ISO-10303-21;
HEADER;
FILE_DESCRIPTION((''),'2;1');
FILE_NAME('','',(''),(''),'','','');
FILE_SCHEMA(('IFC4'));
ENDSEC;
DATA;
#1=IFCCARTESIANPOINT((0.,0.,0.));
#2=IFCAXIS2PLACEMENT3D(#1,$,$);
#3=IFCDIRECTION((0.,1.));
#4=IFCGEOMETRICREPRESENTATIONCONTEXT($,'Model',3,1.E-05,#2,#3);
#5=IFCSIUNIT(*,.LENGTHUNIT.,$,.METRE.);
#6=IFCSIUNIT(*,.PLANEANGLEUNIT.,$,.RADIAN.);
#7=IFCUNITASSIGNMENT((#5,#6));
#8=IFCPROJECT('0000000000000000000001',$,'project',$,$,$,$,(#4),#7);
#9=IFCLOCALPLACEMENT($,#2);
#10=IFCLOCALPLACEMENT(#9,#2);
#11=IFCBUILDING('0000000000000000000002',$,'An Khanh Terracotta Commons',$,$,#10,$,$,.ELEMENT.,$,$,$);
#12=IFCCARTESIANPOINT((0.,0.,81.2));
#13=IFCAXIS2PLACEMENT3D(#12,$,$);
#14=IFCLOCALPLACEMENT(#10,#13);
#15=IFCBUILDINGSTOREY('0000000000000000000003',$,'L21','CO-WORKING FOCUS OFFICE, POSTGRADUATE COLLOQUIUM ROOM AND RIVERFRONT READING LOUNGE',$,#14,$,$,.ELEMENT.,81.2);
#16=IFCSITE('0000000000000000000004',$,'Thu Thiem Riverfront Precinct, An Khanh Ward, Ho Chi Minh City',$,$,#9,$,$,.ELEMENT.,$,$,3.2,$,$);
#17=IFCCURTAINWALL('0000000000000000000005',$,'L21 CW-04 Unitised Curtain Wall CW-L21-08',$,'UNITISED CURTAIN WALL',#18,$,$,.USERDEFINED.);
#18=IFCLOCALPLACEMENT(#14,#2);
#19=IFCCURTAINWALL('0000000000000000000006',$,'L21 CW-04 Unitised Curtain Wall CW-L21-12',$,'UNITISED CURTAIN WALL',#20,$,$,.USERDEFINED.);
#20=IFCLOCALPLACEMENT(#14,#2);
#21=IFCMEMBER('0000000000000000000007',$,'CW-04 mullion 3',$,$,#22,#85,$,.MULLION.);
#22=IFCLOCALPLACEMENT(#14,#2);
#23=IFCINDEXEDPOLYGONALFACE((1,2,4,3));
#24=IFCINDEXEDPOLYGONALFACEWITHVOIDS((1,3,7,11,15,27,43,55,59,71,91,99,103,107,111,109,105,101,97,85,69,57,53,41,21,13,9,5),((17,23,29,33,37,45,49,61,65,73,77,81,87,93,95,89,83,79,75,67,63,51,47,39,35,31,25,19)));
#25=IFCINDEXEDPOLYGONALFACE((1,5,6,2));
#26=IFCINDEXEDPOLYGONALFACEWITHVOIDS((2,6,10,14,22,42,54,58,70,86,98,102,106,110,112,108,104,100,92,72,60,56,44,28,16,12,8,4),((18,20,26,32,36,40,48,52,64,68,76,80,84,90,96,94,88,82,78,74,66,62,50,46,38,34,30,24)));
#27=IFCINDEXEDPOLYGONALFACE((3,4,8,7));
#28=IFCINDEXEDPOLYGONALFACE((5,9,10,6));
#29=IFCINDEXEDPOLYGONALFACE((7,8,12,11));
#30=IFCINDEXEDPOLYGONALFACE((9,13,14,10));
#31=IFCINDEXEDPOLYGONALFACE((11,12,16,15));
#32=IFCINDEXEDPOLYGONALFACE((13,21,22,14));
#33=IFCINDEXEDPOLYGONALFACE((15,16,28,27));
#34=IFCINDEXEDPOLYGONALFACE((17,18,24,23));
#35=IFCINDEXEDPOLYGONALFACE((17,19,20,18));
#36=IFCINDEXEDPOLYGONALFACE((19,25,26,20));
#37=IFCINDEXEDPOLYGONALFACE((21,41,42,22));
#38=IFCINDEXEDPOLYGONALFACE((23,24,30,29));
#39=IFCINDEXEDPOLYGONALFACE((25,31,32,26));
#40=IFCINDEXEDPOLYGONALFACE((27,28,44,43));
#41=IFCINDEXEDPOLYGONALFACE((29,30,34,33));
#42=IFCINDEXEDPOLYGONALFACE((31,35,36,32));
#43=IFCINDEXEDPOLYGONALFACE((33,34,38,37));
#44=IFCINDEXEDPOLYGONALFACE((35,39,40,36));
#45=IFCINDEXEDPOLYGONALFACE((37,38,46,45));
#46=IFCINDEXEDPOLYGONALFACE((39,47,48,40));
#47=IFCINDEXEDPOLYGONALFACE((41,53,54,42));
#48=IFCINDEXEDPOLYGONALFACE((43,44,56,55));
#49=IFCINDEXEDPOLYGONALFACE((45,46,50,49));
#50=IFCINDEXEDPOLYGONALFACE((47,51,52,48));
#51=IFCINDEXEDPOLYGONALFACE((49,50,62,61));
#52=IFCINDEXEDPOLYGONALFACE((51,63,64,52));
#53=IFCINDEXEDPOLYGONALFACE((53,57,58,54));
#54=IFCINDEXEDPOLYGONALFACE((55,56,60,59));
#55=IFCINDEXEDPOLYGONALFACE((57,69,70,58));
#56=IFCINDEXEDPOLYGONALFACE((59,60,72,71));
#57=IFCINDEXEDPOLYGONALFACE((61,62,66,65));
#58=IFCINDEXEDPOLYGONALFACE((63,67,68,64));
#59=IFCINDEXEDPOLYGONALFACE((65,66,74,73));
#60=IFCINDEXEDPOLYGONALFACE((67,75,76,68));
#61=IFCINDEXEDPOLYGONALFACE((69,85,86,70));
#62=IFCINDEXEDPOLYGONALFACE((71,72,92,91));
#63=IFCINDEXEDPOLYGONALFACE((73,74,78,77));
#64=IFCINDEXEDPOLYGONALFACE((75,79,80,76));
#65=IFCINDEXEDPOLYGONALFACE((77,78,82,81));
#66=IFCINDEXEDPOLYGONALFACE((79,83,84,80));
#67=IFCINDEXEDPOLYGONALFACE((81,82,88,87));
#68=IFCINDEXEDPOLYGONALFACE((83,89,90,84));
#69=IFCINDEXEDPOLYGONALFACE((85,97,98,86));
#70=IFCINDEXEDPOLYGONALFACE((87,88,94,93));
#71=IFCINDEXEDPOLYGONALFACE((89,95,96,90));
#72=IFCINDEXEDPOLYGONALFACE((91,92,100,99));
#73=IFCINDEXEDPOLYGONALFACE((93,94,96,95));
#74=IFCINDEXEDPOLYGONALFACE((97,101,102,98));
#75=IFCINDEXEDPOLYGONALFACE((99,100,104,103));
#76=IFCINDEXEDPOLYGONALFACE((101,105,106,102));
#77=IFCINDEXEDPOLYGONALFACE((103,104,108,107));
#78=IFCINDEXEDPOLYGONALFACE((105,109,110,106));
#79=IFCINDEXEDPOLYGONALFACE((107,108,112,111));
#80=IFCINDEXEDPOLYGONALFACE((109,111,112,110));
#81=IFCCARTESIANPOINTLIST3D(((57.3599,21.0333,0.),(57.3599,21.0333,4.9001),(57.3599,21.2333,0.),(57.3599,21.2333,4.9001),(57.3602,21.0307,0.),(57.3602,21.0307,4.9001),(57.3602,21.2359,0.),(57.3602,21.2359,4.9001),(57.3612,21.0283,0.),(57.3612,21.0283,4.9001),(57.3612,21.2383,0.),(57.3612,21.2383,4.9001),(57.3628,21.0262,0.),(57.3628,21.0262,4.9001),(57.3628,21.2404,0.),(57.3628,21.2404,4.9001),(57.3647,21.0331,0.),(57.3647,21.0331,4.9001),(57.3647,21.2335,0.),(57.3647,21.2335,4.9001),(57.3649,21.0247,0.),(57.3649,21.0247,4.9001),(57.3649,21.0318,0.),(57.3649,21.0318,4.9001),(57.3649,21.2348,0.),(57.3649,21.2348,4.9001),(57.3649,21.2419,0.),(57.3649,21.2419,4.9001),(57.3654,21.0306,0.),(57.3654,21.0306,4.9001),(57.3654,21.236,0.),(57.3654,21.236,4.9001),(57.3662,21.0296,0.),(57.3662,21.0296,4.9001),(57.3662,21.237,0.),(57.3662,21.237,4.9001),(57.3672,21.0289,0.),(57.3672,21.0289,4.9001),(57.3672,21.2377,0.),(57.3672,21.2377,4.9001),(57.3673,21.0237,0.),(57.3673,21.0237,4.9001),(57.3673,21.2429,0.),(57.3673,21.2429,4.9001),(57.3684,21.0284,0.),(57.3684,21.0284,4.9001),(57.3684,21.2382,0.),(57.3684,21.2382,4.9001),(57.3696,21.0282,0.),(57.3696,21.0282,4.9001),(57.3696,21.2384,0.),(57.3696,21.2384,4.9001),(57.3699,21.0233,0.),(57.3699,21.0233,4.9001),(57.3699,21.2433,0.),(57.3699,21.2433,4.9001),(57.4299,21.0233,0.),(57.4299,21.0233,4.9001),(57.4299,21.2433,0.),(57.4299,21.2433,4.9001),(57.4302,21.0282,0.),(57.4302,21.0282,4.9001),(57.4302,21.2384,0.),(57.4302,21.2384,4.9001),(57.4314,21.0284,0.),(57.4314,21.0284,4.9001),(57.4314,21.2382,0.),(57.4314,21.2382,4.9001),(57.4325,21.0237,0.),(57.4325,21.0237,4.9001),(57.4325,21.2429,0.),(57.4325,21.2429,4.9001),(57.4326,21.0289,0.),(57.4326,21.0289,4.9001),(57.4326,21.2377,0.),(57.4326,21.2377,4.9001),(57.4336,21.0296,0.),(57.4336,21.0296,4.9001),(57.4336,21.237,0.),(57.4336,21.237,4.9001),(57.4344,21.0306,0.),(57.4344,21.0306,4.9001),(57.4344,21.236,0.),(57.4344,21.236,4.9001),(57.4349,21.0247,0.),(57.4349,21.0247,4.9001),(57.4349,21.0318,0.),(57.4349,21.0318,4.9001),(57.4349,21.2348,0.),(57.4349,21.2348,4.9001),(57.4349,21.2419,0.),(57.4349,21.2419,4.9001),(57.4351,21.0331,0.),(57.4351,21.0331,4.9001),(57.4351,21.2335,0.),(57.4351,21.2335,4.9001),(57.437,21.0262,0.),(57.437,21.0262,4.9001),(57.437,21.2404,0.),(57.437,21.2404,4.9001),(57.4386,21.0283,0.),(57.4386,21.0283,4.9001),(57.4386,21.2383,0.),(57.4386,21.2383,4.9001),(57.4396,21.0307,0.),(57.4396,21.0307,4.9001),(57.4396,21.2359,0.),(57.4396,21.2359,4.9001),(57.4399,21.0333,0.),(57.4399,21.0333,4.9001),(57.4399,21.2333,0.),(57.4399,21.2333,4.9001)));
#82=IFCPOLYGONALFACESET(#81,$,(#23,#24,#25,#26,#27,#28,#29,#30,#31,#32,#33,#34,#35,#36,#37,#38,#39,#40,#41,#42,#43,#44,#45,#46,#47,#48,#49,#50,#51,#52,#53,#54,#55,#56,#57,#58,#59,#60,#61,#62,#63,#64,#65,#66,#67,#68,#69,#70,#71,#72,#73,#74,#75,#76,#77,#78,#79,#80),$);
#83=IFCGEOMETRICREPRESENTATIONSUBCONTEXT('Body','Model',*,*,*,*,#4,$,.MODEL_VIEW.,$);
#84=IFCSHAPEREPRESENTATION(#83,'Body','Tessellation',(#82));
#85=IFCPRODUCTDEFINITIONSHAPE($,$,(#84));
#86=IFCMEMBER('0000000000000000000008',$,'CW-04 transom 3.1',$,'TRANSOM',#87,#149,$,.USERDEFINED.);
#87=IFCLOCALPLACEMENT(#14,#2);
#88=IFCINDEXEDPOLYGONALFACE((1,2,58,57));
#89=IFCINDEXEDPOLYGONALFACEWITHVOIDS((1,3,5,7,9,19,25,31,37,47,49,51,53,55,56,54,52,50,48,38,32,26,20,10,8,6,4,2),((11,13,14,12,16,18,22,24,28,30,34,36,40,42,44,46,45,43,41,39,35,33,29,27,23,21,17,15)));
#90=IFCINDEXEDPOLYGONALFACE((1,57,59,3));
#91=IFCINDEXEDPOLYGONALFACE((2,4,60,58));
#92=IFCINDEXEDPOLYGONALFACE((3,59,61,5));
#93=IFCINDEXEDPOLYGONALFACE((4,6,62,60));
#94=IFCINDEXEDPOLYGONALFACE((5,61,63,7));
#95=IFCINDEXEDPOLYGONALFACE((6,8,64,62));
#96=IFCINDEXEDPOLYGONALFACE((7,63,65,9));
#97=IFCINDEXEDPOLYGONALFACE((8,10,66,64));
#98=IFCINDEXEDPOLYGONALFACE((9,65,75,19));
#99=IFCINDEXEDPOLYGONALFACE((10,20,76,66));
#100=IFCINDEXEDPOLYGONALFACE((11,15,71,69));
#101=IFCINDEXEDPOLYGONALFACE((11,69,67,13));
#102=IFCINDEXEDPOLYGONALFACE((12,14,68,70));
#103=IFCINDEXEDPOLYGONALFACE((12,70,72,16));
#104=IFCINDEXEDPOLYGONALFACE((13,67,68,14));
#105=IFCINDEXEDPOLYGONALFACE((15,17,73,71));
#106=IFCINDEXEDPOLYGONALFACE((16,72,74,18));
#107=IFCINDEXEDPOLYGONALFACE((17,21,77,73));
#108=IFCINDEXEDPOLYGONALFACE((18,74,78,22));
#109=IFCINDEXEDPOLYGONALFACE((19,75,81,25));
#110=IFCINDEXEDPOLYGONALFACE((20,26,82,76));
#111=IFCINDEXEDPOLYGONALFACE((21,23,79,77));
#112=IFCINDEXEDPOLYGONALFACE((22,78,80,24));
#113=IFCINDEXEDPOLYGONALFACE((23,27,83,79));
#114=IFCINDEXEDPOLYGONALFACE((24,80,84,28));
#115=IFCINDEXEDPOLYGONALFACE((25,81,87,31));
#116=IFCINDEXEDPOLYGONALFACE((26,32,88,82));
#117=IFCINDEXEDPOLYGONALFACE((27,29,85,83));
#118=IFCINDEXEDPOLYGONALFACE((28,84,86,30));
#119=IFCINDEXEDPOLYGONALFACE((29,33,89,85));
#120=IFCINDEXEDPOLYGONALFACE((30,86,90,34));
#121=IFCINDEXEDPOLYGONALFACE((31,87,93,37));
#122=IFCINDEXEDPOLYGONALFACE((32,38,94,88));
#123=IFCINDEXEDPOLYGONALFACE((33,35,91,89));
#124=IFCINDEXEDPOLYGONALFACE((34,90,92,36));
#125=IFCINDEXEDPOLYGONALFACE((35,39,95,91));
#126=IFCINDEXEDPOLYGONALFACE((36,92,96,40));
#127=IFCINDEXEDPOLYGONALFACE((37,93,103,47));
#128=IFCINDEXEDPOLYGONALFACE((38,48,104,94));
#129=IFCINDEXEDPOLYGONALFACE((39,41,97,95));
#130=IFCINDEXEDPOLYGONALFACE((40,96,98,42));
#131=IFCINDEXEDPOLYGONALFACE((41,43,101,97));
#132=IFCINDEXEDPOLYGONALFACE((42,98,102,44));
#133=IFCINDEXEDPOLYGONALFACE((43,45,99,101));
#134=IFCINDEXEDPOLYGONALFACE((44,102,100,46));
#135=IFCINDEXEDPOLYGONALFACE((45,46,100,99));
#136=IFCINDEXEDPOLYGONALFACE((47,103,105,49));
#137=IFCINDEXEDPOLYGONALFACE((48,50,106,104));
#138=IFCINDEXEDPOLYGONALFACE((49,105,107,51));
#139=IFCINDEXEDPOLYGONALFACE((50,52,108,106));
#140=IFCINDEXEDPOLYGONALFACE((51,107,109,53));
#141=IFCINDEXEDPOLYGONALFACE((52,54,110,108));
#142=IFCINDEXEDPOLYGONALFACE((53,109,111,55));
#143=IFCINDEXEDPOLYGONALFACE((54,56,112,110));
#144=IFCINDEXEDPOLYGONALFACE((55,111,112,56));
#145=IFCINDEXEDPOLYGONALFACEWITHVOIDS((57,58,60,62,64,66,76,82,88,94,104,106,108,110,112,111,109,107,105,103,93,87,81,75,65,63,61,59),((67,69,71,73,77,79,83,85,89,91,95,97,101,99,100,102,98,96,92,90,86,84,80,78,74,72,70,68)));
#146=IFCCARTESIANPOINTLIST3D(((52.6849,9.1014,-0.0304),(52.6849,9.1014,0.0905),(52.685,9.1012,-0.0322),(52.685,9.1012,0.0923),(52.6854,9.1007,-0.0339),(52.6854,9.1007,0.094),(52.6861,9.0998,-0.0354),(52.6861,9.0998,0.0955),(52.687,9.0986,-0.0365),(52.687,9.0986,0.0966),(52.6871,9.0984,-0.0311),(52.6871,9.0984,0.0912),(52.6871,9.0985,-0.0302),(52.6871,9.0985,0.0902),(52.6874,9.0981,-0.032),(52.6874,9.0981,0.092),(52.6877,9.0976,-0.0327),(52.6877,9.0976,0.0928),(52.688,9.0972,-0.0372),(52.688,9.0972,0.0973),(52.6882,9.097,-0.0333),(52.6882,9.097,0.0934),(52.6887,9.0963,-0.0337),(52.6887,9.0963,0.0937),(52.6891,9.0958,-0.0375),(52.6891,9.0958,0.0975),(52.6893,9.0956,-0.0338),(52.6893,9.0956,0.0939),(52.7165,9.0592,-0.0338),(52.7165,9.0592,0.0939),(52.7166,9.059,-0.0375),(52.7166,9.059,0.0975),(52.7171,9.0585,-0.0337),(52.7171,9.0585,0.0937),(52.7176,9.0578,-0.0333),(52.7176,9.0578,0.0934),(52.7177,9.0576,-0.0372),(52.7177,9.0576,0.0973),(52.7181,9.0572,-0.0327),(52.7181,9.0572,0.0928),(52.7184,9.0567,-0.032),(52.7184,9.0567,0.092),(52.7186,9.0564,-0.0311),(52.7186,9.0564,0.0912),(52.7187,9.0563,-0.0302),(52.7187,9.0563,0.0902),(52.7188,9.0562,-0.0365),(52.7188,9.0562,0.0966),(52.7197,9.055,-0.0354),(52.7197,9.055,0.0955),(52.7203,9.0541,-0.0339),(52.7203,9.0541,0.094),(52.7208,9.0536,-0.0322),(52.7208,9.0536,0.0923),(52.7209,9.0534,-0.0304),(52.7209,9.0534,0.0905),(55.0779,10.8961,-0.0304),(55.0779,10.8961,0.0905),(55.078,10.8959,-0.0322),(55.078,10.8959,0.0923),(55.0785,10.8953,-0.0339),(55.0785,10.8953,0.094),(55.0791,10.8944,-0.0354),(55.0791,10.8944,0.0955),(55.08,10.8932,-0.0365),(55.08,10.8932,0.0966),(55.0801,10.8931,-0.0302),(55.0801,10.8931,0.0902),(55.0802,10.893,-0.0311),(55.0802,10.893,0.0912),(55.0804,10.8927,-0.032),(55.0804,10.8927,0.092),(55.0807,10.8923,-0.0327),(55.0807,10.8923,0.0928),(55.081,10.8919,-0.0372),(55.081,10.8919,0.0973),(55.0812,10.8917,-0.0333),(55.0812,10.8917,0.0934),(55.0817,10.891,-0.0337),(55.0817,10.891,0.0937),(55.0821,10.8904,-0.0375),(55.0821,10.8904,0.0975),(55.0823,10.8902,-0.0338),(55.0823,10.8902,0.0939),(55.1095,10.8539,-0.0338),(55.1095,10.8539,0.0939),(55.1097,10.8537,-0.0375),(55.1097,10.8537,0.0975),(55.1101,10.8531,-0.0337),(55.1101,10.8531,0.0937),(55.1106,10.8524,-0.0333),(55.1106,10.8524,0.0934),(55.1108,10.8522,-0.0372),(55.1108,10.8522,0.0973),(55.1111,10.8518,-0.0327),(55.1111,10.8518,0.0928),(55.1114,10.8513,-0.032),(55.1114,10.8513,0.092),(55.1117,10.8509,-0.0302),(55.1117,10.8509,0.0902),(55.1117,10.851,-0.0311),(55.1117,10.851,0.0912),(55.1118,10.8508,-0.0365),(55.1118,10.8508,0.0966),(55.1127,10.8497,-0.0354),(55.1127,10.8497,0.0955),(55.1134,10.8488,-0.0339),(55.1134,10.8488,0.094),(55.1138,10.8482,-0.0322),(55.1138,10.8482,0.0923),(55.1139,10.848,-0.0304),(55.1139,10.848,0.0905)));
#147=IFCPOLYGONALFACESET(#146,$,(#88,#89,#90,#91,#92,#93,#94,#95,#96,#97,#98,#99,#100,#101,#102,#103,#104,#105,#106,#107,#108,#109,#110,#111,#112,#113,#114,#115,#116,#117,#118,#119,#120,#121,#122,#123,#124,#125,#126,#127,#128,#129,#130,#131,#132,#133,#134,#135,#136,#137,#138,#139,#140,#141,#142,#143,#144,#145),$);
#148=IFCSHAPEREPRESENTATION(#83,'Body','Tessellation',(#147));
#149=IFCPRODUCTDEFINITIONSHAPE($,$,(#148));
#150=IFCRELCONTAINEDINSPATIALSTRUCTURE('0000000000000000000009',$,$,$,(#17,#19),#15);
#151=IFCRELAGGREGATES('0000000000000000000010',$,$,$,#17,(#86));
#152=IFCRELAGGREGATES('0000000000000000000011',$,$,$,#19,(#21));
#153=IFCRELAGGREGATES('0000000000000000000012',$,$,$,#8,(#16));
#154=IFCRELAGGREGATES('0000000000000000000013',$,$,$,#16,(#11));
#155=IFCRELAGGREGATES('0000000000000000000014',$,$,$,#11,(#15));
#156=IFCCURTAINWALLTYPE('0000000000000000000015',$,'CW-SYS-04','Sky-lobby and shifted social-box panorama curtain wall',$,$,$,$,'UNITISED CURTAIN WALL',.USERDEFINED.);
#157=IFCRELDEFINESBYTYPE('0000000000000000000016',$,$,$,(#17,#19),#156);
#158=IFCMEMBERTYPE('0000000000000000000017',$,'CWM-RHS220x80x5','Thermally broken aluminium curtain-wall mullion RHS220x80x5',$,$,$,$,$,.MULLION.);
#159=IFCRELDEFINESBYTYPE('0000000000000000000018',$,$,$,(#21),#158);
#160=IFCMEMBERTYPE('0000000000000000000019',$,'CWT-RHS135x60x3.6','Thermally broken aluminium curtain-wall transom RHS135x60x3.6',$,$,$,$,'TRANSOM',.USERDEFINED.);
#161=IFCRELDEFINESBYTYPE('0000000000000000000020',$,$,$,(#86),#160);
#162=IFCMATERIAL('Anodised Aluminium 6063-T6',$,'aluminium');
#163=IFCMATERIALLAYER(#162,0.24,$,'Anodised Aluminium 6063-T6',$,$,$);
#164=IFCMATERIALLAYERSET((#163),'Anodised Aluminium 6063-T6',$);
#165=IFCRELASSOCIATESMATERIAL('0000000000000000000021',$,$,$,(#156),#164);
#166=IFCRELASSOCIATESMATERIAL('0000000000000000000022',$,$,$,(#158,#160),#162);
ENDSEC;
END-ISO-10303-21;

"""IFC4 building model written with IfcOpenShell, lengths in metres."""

from ifc_helpers import new_model, si_unit, direction, frame, origin, origin_2d, place, context, subcontext, project, spatial, hollow_rectangle, extrude, material, layer, layer_set, material_profile, profile_set, type_object, element, aggregate, save


model = new_model("IFC4")

# Units and contexts
model_context = context("Model", 3, precision=1e-05, world=origin(), true_north=direction((0.0, 1.0)))
body_context = subcontext(model_context, "Body", "Model", "MODEL_VIEW")
ifc_project = project(units=[si_unit("LENGTHUNIT", "METRE"), si_unit("PLANEANGLEUNIT", "RADIAN")], contexts=[model_context])

# Site, building, storey
site_placement = place(None, origin())
site = spatial("IfcSite", under=ifc_project, at=site_placement, Name="Thu Thiem Riverfront Precinct, An Khanh Ward, Ho Chi Minh City", CompositionType="ELEMENT", RefElevation=3.2)
building_placement = place(site_placement, origin())
building = spatial("IfcBuilding", under=site, at=building_placement, Name="An Khanh Terracotta Commons", CompositionType="ELEMENT")
storey_placement = place(building_placement, frame((0.0, 0.0, 81.2)))
storey = spatial("IfcBuildingStorey", under=building, at=storey_placement, Name="L21", Description="CO-WORKING FOCUS OFFICE, POSTGRADUATE COLLOQUIUM ROOM AND RIVERFRONT READING LOUNGE", CompositionType="ELEMENT", Elevation=81.2)

# Curtain walls, member
ifc_material_1 = material(Name="Anodised Aluminium 6063-T6", Category="aluminium")
ifc_layer_1 = layer(ifc_material_1, 0.24, Name="Anodised Aluminium 6063-T6")
ifc_layer_set_1 = layer_set([ifc_layer_1], Name="Anodised Aluminium 6063-T6")
curtain_wall_type = type_object("IfcCurtainWallType", Name="CW-SYS-04", Description="Sky-lobby and shifted social-box panorama curtain wall", ElementType="UNITISED CURTAIN WALL", PredefinedType="USERDEFINED", material=ifc_layer_set_1)
curtain_wall_1_placement = place(storey_placement, origin())
curtain_wall_1 = element("IfcCurtainWall", 1, at=curtain_wall_1_placement, inside=storey, type_object=curtain_wall_type, Name="L21 CW-04 Unitised Curtain Wall CW-L21-08", ObjectType="UNITISED CURTAIN WALL", PredefinedType="USERDEFINED")
ifc_material_profile_1 = material_profile(ifc_material_1, hollow_rectangle(XDim=0.0801, YDim=0.22, WallThickness=0.0049, InnerFilletRadius=0.0049, OuterFilletRadius=0.01, at=origin_2d()), Name="RHS220x80x5")
ifc_profile_set_1 = profile_set([ifc_material_profile_1], Name="Anodised Aluminium 6063-T6")
member_type_1 = type_object("IfcMemberType", Name="CWM-RHS220x80x5", Description="Thermally broken aluminium curtain-wall mullion RHS220x80x5", PredefinedType="MULLION", material=ifc_profile_set_1)
curtain_wall_2_placement = place(storey_placement, origin())
curtain_wall_2 = element("IfcCurtainWall", 2, at=curtain_wall_2_placement, inside=storey, type_object=curtain_wall_type, Name="L21 CW-04 Unitised Curtain Wall CW-L21-12", ObjectType="UNITISED CURTAIN WALL", PredefinedType="USERDEFINED")
member_1_placement = place(storey_placement, frame((57.3999, 21.1333, 0.0), z_axis=(0.0, 0.0, 1.0), x_axis=(-1.0, 0.0, 0.0)))
member_1 = element("IfcMember", 3, at=member_1_placement, type_object=member_type_1, Name="CW-04 mullion 3", PredefinedType="MULLION", context=body_context, shape_type="SweptSolid", body=[
    extrude(hollow_rectangle(XDim=0.0801, YDim=0.22, WallThickness=0.0049, InnerFilletRadius=0.0049, OuterFilletRadius=0.01, at=origin_2d()), origin(), (0.0, 0.0, 1.0), 4.9001),
])

# Member
ifc_material_profile_2 = material_profile(ifc_material_1, hollow_rectangle(XDim=0.0601, YDim=0.135, WallThickness=0.0037, InnerFilletRadius=0.0037, OuterFilletRadius=0.0071, at=origin_2d()), Name="RHS135x60x3.6")
ifc_profile_set_2 = profile_set([ifc_material_profile_2], Name="Anodised Aluminium 6063-T6")
member_type_2 = type_object("IfcMemberType", Name="CWT-RHS135x60x3.6", Description="Thermally broken aluminium curtain-wall transom RHS135x60x3.6", ElementType="TRANSOM", PredefinedType="USERDEFINED", material=ifc_profile_set_2)
member_2_placement = place(storey_placement, frame((52.7029, 9.0774, 0.03), z_axis=(0.80002, 0.599974, 0.0), x_axis=(-0.599974, 0.80002, 0.0)))
member_2 = element("IfcMember", 4, at=member_2_placement, type_object=member_type_2, Name="CW-04 transom 3.1", ObjectType="TRANSOM", PredefinedType="USERDEFINED", context=body_context, shape_type="SweptSolid", body=[
    extrude(hollow_rectangle(XDim=0.0601, YDim=0.135, WallThickness=0.0037, InnerFilletRadius=0.0037, OuterFilletRadius=0.0071, at=origin_2d()), origin(), (0.0, 0.0, 1.0), 2.9912),
])

aggregate(curtain_wall_1, [member_2])
aggregate(curtain_wall_2, [member_1])

save(model, "model.ifc")
